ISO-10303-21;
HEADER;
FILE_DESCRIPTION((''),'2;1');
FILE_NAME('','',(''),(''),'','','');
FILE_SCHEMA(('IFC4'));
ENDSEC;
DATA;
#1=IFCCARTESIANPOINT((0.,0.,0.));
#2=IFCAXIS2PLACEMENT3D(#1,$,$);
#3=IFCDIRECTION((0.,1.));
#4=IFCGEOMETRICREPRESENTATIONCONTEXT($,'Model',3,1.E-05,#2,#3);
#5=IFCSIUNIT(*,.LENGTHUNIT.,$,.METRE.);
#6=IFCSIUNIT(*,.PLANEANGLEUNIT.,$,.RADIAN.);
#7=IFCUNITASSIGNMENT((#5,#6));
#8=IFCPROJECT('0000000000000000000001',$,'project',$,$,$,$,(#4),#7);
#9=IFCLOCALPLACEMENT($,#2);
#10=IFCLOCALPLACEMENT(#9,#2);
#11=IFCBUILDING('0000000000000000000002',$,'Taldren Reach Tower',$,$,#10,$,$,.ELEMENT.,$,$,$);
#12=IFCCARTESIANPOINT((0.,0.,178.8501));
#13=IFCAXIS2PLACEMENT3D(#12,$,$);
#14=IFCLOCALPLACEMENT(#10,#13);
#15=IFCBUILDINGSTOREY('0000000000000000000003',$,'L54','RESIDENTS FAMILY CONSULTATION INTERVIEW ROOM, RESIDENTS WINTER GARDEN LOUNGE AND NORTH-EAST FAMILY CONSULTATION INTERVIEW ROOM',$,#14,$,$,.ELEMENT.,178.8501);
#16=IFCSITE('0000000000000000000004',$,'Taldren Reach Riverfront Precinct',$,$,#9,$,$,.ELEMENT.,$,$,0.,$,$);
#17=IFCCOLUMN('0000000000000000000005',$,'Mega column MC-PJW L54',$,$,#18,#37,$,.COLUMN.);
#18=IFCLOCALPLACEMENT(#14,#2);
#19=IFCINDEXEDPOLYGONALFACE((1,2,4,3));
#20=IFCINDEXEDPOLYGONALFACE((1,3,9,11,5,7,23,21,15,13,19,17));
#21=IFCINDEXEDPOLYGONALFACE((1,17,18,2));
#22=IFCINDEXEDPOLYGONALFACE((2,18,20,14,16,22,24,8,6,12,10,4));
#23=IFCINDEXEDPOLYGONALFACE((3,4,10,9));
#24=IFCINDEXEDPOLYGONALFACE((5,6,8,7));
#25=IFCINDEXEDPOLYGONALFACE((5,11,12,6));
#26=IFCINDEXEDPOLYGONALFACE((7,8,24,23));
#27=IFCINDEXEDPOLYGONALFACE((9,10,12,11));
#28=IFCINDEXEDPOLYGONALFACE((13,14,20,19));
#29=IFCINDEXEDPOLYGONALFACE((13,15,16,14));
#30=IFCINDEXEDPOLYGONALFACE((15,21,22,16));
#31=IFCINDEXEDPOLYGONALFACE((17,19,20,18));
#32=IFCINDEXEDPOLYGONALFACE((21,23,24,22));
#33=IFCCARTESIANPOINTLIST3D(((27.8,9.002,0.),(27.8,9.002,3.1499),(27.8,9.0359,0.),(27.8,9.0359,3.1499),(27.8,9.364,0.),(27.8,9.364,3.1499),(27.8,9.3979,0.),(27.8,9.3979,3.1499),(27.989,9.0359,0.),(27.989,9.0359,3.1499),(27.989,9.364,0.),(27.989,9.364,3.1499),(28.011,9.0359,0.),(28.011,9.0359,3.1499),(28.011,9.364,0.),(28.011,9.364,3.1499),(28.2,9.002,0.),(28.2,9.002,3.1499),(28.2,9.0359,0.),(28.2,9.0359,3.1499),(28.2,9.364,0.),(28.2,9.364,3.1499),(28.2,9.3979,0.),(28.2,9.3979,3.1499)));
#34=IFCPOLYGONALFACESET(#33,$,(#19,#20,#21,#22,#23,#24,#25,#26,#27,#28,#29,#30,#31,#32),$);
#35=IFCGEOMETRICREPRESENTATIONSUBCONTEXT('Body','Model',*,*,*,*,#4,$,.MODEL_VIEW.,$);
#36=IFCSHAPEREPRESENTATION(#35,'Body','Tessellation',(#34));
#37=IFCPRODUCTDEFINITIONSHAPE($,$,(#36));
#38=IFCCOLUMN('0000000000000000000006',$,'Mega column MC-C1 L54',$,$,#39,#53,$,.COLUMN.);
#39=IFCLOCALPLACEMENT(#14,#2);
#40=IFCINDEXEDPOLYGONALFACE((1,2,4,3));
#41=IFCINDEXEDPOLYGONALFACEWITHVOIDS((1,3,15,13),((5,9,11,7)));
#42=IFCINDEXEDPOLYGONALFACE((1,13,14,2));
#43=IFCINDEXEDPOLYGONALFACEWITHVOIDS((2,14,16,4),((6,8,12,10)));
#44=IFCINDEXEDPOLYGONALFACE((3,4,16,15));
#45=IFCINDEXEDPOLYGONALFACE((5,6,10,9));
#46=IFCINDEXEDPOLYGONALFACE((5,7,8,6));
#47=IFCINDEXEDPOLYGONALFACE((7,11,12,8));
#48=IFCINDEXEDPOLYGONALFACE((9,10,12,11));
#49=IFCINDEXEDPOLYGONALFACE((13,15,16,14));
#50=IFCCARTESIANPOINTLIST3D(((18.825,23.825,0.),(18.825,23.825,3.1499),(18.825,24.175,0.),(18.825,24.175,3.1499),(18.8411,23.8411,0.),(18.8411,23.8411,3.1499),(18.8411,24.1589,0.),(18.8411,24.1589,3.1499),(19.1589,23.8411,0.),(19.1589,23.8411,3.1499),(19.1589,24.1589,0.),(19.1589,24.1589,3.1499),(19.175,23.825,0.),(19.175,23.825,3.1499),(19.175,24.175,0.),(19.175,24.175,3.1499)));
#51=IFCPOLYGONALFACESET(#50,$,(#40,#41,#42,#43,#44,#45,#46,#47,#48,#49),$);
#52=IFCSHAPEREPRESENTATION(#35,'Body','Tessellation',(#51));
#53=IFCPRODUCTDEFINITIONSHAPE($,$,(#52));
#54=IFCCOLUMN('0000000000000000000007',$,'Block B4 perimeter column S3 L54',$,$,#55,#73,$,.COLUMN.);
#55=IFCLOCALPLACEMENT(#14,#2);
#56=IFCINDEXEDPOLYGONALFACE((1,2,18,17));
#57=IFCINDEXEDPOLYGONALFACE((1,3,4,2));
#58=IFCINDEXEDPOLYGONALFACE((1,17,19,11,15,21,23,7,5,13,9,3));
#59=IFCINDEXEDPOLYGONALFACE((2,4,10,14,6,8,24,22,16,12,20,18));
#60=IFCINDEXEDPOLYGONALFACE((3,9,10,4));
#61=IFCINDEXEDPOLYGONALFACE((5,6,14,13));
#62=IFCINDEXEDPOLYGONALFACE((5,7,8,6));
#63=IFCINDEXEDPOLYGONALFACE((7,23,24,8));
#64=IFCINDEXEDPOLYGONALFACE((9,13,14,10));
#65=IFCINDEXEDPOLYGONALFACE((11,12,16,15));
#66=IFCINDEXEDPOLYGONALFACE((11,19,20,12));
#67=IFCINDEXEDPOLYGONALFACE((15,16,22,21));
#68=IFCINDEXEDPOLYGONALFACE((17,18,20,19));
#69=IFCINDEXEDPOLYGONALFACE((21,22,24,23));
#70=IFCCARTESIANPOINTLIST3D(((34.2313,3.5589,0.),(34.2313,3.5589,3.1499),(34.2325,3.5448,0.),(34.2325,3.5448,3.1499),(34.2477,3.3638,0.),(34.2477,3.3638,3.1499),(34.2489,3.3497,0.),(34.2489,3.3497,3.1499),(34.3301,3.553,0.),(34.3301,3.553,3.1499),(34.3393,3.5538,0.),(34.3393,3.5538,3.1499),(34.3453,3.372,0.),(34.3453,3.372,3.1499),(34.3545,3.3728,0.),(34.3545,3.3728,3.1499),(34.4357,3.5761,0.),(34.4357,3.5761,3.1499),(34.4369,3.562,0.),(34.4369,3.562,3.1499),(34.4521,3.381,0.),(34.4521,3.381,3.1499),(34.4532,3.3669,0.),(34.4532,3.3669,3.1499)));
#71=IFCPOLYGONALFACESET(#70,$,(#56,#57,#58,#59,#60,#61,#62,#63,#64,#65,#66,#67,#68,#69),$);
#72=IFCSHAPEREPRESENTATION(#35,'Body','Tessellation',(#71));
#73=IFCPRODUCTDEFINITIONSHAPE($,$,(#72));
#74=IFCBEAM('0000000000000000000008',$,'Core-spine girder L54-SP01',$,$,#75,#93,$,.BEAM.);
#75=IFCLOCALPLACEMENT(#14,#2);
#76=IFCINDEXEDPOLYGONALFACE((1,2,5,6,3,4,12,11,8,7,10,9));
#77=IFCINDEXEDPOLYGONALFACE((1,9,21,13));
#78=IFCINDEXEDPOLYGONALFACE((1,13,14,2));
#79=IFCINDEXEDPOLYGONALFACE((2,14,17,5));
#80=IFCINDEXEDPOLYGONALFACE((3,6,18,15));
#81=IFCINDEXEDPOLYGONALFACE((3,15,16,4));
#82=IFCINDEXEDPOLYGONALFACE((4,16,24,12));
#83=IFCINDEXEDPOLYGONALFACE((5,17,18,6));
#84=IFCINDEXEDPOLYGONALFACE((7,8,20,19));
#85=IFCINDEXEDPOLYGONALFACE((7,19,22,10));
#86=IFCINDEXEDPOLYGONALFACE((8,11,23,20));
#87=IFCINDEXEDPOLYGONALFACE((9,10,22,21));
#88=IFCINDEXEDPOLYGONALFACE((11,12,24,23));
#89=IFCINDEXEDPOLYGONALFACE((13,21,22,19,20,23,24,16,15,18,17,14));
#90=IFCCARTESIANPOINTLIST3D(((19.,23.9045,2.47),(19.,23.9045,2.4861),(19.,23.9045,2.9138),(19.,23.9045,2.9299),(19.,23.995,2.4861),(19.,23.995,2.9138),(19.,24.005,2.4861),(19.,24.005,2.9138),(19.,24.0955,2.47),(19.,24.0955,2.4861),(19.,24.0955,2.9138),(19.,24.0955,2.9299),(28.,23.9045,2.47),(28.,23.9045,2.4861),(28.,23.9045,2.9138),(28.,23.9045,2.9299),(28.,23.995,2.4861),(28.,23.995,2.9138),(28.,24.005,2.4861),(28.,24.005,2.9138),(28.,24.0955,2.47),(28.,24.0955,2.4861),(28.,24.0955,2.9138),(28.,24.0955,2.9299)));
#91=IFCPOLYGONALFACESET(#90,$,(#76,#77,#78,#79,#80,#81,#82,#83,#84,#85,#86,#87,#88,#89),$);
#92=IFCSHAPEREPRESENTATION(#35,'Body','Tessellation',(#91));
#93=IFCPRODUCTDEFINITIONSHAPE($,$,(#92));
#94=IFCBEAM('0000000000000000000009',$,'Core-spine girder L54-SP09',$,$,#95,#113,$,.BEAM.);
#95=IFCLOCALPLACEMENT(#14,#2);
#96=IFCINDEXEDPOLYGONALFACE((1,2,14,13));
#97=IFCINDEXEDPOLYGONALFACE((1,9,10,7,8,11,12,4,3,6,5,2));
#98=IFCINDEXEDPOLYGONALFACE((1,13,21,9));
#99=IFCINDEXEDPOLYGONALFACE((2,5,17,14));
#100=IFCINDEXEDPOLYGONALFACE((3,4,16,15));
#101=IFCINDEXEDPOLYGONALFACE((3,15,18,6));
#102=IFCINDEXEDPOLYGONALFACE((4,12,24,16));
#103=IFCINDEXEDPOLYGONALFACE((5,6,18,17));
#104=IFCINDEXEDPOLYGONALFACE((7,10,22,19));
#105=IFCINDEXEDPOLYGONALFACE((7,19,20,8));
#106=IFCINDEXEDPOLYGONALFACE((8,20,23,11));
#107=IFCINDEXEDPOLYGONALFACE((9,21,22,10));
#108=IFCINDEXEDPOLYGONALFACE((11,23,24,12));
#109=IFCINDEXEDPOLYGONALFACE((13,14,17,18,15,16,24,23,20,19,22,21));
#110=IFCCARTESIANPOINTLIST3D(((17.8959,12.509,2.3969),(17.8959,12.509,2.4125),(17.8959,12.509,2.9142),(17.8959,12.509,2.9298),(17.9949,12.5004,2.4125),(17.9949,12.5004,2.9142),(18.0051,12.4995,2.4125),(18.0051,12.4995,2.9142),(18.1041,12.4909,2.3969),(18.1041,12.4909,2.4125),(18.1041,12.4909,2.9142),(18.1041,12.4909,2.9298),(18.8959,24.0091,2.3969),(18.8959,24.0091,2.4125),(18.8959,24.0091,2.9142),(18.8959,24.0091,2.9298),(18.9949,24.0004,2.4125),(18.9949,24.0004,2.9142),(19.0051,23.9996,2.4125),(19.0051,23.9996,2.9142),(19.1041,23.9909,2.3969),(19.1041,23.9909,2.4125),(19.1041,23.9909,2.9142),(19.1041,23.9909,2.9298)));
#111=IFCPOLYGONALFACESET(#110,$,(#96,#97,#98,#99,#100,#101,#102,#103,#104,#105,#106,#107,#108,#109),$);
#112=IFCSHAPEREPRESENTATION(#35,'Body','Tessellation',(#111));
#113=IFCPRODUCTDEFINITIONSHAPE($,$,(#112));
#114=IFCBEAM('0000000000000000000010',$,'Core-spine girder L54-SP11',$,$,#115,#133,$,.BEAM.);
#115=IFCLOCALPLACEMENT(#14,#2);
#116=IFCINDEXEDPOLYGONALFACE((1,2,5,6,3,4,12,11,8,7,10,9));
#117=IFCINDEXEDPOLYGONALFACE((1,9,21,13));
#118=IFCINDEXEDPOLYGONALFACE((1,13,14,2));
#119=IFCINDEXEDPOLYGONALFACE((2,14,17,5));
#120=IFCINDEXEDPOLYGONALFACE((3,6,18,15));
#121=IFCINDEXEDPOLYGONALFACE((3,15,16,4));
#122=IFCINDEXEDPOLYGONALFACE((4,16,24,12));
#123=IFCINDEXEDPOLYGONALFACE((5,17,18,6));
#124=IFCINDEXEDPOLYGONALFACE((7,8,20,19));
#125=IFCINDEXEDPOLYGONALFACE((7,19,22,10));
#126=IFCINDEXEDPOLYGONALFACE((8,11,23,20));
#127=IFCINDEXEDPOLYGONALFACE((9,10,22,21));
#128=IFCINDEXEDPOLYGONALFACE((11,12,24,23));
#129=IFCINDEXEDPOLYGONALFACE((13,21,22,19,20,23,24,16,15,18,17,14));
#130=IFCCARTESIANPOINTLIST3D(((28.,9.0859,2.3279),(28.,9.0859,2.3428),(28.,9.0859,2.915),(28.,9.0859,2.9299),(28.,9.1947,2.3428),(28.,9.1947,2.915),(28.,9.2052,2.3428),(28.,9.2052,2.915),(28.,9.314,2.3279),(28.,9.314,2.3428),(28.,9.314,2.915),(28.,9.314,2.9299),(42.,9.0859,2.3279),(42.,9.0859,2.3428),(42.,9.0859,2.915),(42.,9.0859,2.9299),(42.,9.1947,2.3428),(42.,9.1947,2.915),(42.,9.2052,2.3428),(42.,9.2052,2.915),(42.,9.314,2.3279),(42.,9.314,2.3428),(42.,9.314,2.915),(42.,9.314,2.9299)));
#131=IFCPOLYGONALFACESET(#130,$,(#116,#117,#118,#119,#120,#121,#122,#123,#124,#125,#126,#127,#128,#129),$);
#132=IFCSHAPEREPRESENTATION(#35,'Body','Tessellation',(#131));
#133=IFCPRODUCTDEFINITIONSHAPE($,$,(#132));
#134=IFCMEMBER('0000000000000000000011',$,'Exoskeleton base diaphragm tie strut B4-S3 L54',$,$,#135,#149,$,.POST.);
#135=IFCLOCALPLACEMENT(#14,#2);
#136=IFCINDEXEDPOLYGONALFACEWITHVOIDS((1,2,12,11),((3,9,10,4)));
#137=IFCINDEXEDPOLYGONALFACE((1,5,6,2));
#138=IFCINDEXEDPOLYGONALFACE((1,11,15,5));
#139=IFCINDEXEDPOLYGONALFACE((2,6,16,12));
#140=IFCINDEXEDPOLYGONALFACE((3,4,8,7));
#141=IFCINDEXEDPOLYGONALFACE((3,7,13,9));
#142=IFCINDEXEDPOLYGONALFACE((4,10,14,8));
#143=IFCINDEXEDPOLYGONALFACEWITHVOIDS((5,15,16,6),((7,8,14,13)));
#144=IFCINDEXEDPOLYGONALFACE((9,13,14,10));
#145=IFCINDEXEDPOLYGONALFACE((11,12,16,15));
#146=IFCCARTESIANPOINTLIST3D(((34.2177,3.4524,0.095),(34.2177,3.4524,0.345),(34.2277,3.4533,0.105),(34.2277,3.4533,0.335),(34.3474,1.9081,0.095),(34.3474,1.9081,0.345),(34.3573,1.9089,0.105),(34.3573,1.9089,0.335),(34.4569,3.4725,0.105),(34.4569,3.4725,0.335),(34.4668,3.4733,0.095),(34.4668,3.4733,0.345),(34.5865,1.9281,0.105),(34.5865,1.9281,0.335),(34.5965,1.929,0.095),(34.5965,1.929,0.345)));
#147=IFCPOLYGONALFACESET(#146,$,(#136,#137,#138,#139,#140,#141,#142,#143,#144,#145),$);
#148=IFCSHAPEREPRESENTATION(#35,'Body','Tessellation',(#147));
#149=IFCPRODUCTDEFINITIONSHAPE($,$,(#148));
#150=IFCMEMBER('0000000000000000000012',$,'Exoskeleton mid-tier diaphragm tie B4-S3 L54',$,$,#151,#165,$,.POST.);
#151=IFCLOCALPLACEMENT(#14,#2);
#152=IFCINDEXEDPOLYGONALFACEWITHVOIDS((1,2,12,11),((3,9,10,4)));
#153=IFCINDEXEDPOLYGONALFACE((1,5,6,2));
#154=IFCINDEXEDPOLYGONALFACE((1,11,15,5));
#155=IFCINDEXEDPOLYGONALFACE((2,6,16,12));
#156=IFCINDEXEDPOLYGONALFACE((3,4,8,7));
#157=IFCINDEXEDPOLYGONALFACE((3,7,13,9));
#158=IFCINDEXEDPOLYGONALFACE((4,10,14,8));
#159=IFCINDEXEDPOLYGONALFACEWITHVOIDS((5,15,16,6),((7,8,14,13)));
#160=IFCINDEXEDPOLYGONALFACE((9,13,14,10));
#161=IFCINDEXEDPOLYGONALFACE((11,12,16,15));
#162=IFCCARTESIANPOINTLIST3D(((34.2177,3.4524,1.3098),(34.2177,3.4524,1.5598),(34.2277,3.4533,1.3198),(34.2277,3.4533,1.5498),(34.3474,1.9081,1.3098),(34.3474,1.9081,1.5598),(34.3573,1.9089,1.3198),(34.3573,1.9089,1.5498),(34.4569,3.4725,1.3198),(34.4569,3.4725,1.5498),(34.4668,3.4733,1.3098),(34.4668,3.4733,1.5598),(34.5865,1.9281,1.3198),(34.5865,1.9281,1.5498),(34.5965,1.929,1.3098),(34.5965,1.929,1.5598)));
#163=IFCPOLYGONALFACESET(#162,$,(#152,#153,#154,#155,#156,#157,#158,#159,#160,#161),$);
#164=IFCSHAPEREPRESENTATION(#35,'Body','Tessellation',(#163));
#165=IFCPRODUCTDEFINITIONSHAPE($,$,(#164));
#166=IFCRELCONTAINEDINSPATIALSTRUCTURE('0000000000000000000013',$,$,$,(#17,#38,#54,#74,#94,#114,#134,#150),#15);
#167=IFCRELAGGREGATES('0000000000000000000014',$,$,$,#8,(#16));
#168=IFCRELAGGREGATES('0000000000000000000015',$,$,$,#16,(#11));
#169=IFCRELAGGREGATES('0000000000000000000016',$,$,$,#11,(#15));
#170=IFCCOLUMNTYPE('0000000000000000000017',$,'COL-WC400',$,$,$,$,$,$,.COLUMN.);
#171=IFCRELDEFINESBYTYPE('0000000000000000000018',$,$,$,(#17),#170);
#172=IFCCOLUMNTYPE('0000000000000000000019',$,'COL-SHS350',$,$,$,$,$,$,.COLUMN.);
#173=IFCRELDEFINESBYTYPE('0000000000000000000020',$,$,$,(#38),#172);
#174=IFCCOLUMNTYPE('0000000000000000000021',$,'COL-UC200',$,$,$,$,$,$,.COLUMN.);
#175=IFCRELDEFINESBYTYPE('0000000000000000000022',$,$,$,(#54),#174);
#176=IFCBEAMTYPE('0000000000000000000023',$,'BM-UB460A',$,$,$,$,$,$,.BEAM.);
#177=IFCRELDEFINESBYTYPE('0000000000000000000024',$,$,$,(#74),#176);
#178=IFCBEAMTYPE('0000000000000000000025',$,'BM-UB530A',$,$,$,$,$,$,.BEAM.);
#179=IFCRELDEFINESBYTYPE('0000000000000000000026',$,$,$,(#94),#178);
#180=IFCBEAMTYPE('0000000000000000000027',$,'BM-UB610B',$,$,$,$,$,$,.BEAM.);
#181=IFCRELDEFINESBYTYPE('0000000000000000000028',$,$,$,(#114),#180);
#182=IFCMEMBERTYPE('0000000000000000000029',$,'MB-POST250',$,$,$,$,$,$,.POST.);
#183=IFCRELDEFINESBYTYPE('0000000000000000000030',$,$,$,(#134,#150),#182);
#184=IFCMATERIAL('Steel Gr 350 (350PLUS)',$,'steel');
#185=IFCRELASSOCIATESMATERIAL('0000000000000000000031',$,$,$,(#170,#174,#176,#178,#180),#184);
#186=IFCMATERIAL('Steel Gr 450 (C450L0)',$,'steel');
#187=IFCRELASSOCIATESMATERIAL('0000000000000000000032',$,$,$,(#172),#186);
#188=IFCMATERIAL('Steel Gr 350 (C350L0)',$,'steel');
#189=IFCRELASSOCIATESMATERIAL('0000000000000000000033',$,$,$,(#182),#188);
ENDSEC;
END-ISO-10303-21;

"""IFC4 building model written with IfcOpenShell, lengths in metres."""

from ifc_helpers import new_model, si_unit, direction, frame, origin, origin_2d, place, context, subcontext, project, spatial, hollow_rectangle, i_section, extrude, source, transform, mapped, material, material_profile, profile_set, type_object, element, save


model = new_model("IFC4")

# Units and contexts
model_context = context("Model", 3, precision=1e-05, world=origin(), true_north=direction((0.0, 1.0)))
body_context = subcontext(model_context, "Body", "Model", "MODEL_VIEW")
ifc_project = project(units=[si_unit("LENGTHUNIT", "METRE"), si_unit("PLANEANGLEUNIT", "RADIAN")], contexts=[model_context])

# Site, building, storey
site_placement = place(None, origin())
site = spatial("IfcSite", under=ifc_project, at=site_placement, Name="Taldren Reach Riverfront Precinct", CompositionType="ELEMENT", RefElevation=0.0)
building_placement = place(site_placement, origin())
building = spatial("IfcBuilding", under=site, at=building_placement, Name="Taldren Reach Tower", CompositionType="ELEMENT")
storey_placement = place(building_placement, frame((0.0, 0.0, 178.8501)))
storey = spatial("IfcBuildingStorey", under=building, at=storey_placement, Name="L54", Description="RESIDENTS FAMILY CONSULTATION INTERVIEW ROOM, RESIDENTS WINTER GARDEN LOUNGE AND NORTH-EAST FAMILY CONSULTATION INTERVIEW ROOM", CompositionType="ELEMENT", Elevation=178.8501)

# Columns
ifc_material_1 = material(Name="Steel Gr 350 (350PLUS)", Category="steel")
ifc_material_profile_1 = material_profile(ifc_material_1, i_section(OverallWidth=0.3999, OverallDepth=0.396, WebThickness=0.022, FlangeThickness=0.0339, at=origin_2d()), Name="400WC270")
ifc_profile_set_1 = profile_set([ifc_material_profile_1], Name="Steel Gr 350 (350PLUS)")
column_type_1 = type_object("IfcColumnType", Name="COL-WC400", PredefinedType="COLUMN", material=ifc_profile_set_1)
shared_shape_1 = source(origin(), body_context, "Body", "SweptSolid", [
    extrude(i_section(OverallWidth=0.3999, OverallDepth=0.396, WebThickness=0.022, FlangeThickness=0.0339, at=origin_2d()), origin(), (0.0, 0.0, 1.0), 3.1499),
])
column_1_placement = place(storey_placement, frame((28.0, 9.2, 0.0), z_axis=(0.0, 0.0, 1.0), x_axis=(1.0, 0.0, 0.0)))
element("IfcColumn", 1, at=column_1_placement, inside=storey, type_object=column_type_1, Name="Mega column MC-PJW L54", PredefinedType="COLUMN", context=body_context, shape_type="MappedRepresentation", body=[
    mapped(shared_shape_1, transform((0.0, 0.0, 0.0), scale=1.0)),
])
ifc_material_2 = material(Name="Steel Gr 450 (C450L0)", Category="steel")
ifc_material_profile_2 = material_profile(ifc_material_2, hollow_rectangle(XDim=0.3501, YDim=0.3501, WallThickness=0.0161, at=origin_2d()), Name="350x350x16.0SHS")
ifc_profile_set_2 = profile_set([ifc_material_profile_2], Name="Steel Gr 450 (C450L0)")
column_type_2 = type_object("IfcColumnType", Name="COL-SHS350", PredefinedType="COLUMN", material=ifc_profile_set_2)
shared_shape_2 = source(origin(), body_context, "Body", "SweptSolid", [
    extrude(hollow_rectangle(XDim=0.3501, YDim=0.3501, WallThickness=0.0161, at=origin_2d()), origin(), (0.0, 0.0, 1.0), 3.1499),
])
column_2_placement = place(storey_placement, frame((19.0, 24.0, 0.0), z_axis=(0.0, 0.0, 1.0), x_axis=(1.0, 0.0, 0.0)))
element("IfcColumn", 2, at=column_2_placement, inside=storey, type_object=column_type_2, Name="Mega column MC-C1 L54", PredefinedType="COLUMN", context=body_context, shape_type="MappedRepresentation", body=[
    mapped(shared_shape_2, transform((0.0, 0.0, 0.0), scale=1.0)),
])
ifc_material_profile_3 = material_profile(ifc_material_1, i_section(OverallWidth=0.2051, OverallDepth=0.21, WebThickness=0.0093, FlangeThickness=0.0142, at=origin_2d()), Name="200UC59.5")
ifc_profile_set_3 = profile_set([ifc_material_profile_3], Name="Steel Gr 350 (350PLUS)")
column_type_3 = type_object("IfcColumnType", Name="COL-UC200", PredefinedType="COLUMN", material=ifc_profile_set_3)
shared_shape_3 = source(origin(), body_context, "Body", "SweptSolid", [
    extrude(i_section(OverallWidth=0.2051, OverallDepth=0.21, WebThickness=0.0093, FlangeThickness=0.0142, at=origin_2d()), origin(), (0.0, 0.0, 1.0), 3.1499),
])
column_3_placement = place(storey_placement, frame((34.3423, 3.4629, 0.0), z_axis=(0.0, 0.0, 1.0), x_axis=(0.996493, 0.083678, 0.0)))
element("IfcColumn", 3, at=column_3_placement, inside=storey, type_object=column_type_3, Name="Block B4 perimeter column S3 L54", PredefinedType="COLUMN", context=body_context, shape_type="MappedRepresentation", body=[
    mapped(shared_shape_3, transform((0.0, 0.0, 0.0), scale=1.0)),
])

# Beams
ifc_material_profile_4 = material_profile(ifc_material_1, i_section(OverallWidth=0.1909, OverallDepth=0.46, WebThickness=0.01, FlangeThickness=0.0161, at=origin_2d()), Name="460UB82.1")
ifc_profile_set_4 = profile_set([ifc_material_profile_4], Name="Steel Gr 350 (350PLUS)")
beam_type_1 = type_object("IfcBeamType", Name="BM-UB460A", PredefinedType="BEAM", material=ifc_profile_set_4)
shared_shape_4 = source(origin(), body_context, "Body", "SweptSolid", [
    extrude(i_section(OverallWidth=0.1909, OverallDepth=0.46, WebThickness=0.01, FlangeThickness=0.0161, at=origin_2d()), origin(), (0.0, 0.0, 1.0), 9.0),
])
beam_1_placement = place(storey_placement, frame((19.0, 24.0, 2.7), z_axis=(1.0, 0.0, 0.0), x_axis=(0.0, 1.0, 0.0)))
element("IfcBeam", 4, at=beam_1_placement, inside=storey, type_object=beam_type_1, Name="Core-spine girder L54-SP01", PredefinedType="BEAM", context=body_context, shape_type="MappedRepresentation", body=[
    mapped(shared_shape_4, transform((0.0, 0.0, 0.0), scale=1.0)),
])
ifc_material_profile_5 = material_profile(ifc_material_1, i_section(OverallWidth=0.209, OverallDepth=0.533, WebThickness=0.0103, FlangeThickness=0.0156, at=origin_2d()), Name="530UB92.4")
ifc_profile_set_5 = profile_set([ifc_material_profile_5], Name="Steel Gr 350 (350PLUS)")
beam_type_2 = type_object("IfcBeamType", Name="BM-UB530A", PredefinedType="BEAM", material=ifc_profile_set_5)
shared_shape_5 = source(origin(), body_context, "Body", "SweptSolid", [
    extrude(i_section(OverallWidth=0.209, OverallDepth=0.533, WebThickness=0.0103, FlangeThickness=0.0156, at=origin_2d()), origin(), (0.0, 0.0, 1.0), 11.5435),
])
beam_2_placement = place(storey_placement, frame((19.0, 24.0, 2.6633), z_axis=(-0.08663, -0.996241, 0.0), x_axis=(0.996241, -0.08663, 0.0)))
element("IfcBeam", 5, at=beam_2_placement, inside=storey, type_object=beam_type_2, Name="Core-spine girder L54-SP09", PredefinedType="BEAM", context=body_context, shape_type="MappedRepresentation", body=[
    mapped(shared_shape_5, transform((0.0, 0.0, 0.0), scale=1.0)),
])
ifc_material_profile_6 = material_profile(ifc_material_1, i_section(OverallWidth=0.228, OverallDepth=0.6021, WebThickness=0.0105, FlangeThickness=0.0149, at=origin_2d()), Name="610UB101")
ifc_profile_set_6 = profile_set([ifc_material_profile_6], Name="Steel Gr 350 (350PLUS)")
beam_type_3 = type_object("IfcBeamType", Name="BM-UB610B", PredefinedType="BEAM", material=ifc_profile_set_6)
shared_shape_6 = source(origin(), body_context, "Body", "SweptSolid", [
    extrude(i_section(OverallWidth=0.228, OverallDepth=0.6021, WebThickness=0.0105, FlangeThickness=0.0149, at=origin_2d()), origin(), (0.0, 0.0, 1.0), 14.0),
])
beam_3_placement = place(storey_placement, frame((28.0, 9.2, 2.6289), z_axis=(1.0, 0.0, 0.0), x_axis=(0.0, 1.0, 0.0)))
element("IfcBeam", 6, at=beam_3_placement, inside=storey, type_object=beam_type_3, Name="Core-spine girder L54-SP11", PredefinedType="BEAM", context=body_context, shape_type="MappedRepresentation", body=[
    mapped(shared_shape_6, transform((0.0, 0.0, 0.0), scale=1.0)),
])

# Members
ifc_material_3 = material(Name="Steel Gr 350 (C350L0)", Category="steel")
ifc_material_profile_7 = material_profile(ifc_material_3, hollow_rectangle(XDim=0.25, YDim=0.25, WallThickness=0.01, at=origin_2d()), Name="250x250x10.0SHS")
ifc_profile_set_7 = profile_set([ifc_material_profile_7], Name="Steel Gr 350 (C350L0)")
member_type_1 = type_object("IfcMemberType", Name="MB-POST250", PredefinedType="POST", material=ifc_profile_set_7)
shared_shape_7 = source(origin(), body_context, "Body", "SweptSolid", [
    extrude(hollow_rectangle(XDim=0.25, YDim=0.25, WallThickness=0.01, at=origin_2d()), origin(), (0.0, 0.0, 1.0), 1.5498),
])
for number, where, z_axis, x_axis, name in (
    (7, (34.3423, 3.4629, 0.22), (0.083645, -0.996496, 0.0), (0.996496, 0.083645, 0.0), "Exoskeleton base diaphragm tie strut B4-S3 L54"),
    (8, (34.3423, 3.4629, 1.4348), (0.083645, -0.996496, 0.0), (0.996496, 0.083645, 0.0), "Exoskeleton mid-tier diaphragm tie B4-S3 L54"),
):
    element("IfcMember", number, at=place(storey_placement, frame(where, z_axis=z_axis, x_axis=x_axis)), inside=storey, type_object=member_type_1, Name=name, PredefinedType="POST", context=body_context, shape_type="MappedRepresentation", body=[
        mapped(shared_shape_7, transform((0.0, 0.0, 0.0), scale=1.0)),
    ])

save(model, "model.ifc")
